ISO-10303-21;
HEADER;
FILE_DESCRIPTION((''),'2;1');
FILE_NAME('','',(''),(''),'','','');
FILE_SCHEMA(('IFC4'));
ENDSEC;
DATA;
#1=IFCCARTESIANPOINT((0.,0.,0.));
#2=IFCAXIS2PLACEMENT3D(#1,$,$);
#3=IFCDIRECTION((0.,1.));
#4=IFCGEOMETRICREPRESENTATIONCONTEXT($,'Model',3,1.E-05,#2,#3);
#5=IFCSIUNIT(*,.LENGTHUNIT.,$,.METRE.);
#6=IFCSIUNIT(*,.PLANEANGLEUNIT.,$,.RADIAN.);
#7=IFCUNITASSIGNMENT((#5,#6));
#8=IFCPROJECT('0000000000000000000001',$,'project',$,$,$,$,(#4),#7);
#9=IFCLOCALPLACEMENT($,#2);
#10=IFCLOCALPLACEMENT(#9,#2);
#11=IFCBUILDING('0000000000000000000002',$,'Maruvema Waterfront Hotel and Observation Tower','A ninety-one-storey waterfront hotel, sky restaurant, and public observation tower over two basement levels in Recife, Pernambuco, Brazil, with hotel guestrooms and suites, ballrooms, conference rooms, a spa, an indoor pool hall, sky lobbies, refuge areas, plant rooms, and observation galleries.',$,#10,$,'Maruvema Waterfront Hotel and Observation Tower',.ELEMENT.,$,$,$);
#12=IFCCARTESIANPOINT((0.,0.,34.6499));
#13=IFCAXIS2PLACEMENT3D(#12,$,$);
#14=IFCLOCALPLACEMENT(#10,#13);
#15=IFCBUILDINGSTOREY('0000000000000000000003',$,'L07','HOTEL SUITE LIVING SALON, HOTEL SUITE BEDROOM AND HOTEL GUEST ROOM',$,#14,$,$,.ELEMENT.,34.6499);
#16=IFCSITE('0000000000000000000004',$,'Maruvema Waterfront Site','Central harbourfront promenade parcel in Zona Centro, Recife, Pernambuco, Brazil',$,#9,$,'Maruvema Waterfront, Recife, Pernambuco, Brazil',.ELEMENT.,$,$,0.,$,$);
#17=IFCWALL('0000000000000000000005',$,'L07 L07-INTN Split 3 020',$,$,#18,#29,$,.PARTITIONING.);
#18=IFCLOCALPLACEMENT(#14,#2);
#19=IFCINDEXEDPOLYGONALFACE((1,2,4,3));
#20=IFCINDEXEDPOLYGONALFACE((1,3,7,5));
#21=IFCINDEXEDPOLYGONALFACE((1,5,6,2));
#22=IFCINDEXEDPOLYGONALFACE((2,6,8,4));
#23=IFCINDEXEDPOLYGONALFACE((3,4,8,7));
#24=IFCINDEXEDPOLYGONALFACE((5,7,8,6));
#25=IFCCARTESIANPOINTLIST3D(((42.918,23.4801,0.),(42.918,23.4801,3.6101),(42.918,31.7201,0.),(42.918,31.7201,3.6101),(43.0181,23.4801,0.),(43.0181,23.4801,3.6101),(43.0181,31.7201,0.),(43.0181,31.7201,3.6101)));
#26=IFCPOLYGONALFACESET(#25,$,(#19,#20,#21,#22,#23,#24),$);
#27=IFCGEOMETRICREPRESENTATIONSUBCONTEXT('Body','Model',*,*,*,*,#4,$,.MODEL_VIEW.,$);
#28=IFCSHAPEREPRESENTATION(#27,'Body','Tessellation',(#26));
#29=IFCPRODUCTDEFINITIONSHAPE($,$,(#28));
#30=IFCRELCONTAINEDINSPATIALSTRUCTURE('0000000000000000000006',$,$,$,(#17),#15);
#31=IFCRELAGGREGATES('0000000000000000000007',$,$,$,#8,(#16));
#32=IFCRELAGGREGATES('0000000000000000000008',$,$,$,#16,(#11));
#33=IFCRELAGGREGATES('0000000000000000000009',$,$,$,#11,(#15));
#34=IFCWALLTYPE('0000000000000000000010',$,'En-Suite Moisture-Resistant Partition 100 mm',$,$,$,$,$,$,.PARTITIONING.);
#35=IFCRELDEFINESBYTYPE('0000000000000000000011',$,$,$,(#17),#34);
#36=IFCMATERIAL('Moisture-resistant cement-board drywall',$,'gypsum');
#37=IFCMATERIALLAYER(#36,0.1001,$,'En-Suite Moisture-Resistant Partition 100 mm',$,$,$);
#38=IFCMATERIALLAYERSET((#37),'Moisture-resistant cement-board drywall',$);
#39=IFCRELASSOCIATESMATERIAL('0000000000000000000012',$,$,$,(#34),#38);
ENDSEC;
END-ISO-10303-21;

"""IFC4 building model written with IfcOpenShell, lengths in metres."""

from ifc_helpers import new_model, si_unit, direction, frame, frame_2d, origin, place, context, subcontext, project, spatial, rectangle, extrude, material, layer, layer_set, type_object, element, save


model = new_model("IFC4")

# Units and contexts
model_context = context("Model", 3, precision=1e-05, world=origin(), true_north=direction((0.0, 1.0)))
body_context = subcontext(model_context, "Body", "Model", "MODEL_VIEW")
ifc_project = project(units=[si_unit("LENGTHUNIT", "METRE"), si_unit("PLANEANGLEUNIT", "RADIAN")], contexts=[model_context])

# Site, building, storey
site_placement = place(None, origin())
site = spatial("IfcSite", under=ifc_project, at=site_placement, Name="Maruvema Waterfront Site", Description="Central harbourfront promenade parcel in Zona Centro, Recife, Pernambuco, Brazil", LongName="Maruvema Waterfront, Recife, Pernambuco, Brazil", CompositionType="ELEMENT", RefElevation=0.0)
building_placement = place(site_placement, origin())
building = spatial("IfcBuilding", under=site, at=building_placement, Name="Maruvema Waterfront Hotel and Observation Tower", Description="A ninety-one-storey waterfront hotel, sky restaurant, and public observation tower over two basement levels in Recife, Pernambuco, Brazil, with hotel guestrooms and suites, ballrooms, conference rooms, a spa, an indoor pool hall, sky lobbies, refuge areas, plant rooms, and observation galleries.", LongName="Maruvema Waterfront Hotel and Observation Tower", CompositionType="ELEMENT")
storey_placement = place(building_placement, frame((0.0, 0.0, 34.6499)))
storey = spatial("IfcBuildingStorey", under=building, at=storey_placement, Name="L07", Description="HOTEL SUITE LIVING SALON, HOTEL SUITE BEDROOM AND HOTEL GUEST ROOM", CompositionType="ELEMENT", Elevation=34.6499)

# Wall
ifc_material_1 = material(Name="Moisture-resistant cement-board drywall", Category="gypsum")
ifc_layer_1 = layer(ifc_material_1, 0.1001, Name="En-Suite Moisture-Resistant Partition 100 mm")
ifc_layer_set_1 = layer_set([ifc_layer_1], Name="Moisture-resistant cement-board drywall")
wall_type_1 = type_object("IfcWallType", Name="En-Suite Moisture-Resistant Partition 100 mm", PredefinedType="PARTITIONING", material=ifc_layer_set_1)
wall_1_placement = place(storey_placement, frame((42.968, 23.48, 0.0), z_axis=(0.0, 0.0, 1.0), x_axis=(0.0, 1.0, 0.0)))
element("IfcWall", 1, at=wall_1_placement, inside=storey, type_object=wall_type_1, Name="L07 L07-INTN Split 3 020", PredefinedType="PARTITIONING", context=body_context, shape_type="SweptSolid", body=[
    extrude(rectangle(XDim=8.24, YDim=0.1001, at=frame_2d((4.1201, 0.0))), origin(), (0.0, 0.0, 1.0), 3.6101),
])

save(model, "model.ifc")
